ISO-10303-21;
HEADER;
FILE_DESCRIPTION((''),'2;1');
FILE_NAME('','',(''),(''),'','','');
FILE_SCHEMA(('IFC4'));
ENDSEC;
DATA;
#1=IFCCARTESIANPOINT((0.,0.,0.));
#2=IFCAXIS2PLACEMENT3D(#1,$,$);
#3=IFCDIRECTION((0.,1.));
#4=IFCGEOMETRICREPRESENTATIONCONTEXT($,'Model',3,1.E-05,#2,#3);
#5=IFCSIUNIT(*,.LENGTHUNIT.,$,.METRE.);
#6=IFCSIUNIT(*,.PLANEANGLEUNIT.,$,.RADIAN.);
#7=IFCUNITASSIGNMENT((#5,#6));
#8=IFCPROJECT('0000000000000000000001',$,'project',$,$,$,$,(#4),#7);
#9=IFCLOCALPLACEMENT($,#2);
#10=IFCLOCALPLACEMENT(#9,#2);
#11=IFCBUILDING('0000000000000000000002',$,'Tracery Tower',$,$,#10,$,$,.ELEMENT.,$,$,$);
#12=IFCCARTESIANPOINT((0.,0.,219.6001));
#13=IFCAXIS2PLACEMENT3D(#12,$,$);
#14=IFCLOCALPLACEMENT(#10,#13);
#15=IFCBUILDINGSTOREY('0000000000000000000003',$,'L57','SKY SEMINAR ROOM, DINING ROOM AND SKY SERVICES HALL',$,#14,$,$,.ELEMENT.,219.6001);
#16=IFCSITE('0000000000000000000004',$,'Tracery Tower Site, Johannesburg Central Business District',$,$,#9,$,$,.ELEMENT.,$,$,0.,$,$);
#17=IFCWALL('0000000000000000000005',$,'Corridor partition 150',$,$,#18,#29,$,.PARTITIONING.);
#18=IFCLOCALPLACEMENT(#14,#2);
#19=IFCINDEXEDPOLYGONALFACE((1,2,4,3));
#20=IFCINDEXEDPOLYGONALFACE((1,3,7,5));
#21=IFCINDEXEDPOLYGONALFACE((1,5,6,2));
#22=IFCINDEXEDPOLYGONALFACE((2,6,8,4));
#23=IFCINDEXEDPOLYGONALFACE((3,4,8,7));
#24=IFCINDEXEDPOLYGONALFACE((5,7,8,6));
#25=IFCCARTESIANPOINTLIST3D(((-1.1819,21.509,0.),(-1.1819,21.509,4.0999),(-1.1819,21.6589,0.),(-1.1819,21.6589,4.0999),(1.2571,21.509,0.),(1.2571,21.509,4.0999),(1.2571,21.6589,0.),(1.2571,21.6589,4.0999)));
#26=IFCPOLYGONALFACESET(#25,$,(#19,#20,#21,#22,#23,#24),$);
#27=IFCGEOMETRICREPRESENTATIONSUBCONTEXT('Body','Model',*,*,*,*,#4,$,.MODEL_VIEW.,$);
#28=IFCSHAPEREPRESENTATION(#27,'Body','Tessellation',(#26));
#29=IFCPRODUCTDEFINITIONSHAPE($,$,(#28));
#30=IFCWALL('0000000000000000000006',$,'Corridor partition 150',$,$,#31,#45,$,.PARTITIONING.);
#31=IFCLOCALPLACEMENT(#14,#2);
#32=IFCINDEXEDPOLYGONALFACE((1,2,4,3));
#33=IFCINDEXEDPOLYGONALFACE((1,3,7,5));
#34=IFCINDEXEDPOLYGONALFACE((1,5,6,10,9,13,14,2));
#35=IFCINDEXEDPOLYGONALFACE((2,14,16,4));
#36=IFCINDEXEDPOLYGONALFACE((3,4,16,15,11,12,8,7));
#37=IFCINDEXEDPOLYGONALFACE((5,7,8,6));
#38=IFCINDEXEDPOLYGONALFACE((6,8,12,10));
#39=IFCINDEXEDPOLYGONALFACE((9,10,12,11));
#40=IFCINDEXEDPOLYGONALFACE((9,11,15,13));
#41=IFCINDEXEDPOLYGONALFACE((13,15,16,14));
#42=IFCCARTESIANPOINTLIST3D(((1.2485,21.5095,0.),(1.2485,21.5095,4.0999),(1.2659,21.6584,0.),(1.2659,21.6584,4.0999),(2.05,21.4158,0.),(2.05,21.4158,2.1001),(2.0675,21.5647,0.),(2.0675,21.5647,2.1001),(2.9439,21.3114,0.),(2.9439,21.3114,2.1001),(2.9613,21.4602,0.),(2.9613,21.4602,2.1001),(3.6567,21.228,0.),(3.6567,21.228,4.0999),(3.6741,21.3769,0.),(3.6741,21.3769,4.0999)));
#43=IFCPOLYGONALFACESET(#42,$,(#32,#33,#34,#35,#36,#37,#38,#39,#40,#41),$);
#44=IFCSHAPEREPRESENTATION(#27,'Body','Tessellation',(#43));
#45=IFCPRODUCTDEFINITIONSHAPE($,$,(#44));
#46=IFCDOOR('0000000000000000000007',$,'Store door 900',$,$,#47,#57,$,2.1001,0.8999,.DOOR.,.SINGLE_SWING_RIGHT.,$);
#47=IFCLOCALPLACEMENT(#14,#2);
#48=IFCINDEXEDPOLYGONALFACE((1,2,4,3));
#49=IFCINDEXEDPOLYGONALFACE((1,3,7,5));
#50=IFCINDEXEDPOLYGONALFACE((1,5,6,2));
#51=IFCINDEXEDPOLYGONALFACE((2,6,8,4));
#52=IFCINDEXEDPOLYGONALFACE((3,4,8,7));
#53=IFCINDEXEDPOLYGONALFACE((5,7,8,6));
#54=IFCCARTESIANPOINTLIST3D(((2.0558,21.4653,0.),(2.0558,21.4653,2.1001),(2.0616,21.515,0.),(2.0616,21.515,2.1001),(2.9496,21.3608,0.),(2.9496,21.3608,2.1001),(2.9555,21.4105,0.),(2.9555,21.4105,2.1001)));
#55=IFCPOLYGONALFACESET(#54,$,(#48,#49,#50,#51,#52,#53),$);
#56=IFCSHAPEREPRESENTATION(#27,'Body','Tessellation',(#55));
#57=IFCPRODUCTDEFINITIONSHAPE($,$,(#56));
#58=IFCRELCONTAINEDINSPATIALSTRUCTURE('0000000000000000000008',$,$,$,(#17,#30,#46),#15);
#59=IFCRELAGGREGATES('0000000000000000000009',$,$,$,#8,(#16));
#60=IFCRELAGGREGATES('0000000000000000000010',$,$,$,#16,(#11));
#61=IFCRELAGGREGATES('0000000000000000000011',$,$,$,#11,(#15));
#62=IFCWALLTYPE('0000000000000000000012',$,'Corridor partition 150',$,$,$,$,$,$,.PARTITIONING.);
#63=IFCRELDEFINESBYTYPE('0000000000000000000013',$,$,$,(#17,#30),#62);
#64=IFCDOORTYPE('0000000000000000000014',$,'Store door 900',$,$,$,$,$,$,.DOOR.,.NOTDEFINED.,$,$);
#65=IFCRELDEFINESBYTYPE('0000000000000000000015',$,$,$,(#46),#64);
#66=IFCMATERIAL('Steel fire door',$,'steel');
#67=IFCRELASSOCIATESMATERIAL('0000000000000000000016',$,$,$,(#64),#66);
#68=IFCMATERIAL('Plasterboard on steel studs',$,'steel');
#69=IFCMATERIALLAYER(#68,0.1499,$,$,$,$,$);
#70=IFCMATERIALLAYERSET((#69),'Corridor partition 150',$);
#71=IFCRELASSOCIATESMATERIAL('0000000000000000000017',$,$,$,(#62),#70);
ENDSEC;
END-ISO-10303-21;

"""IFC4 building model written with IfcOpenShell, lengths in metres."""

from ifc_helpers import new_model, si_unit, direction, frame, frame_2d, origin, place, context, subcontext, project, spatial, rectangle, extrude, material, layer, layer_set, type_object, element, fill, save


model = new_model("IFC4")

# Units and contexts
model_context = context("Model", 3, precision=1e-05, world=origin(), true_north=direction((0.0, 1.0)))
body_context = subcontext(model_context, "Body", "Model", "MODEL_VIEW")
ifc_project = project(units=[si_unit("LENGTHUNIT", "METRE"), si_unit("PLANEANGLEUNIT", "RADIAN")], contexts=[model_context])

# Site, building, storey
site_placement = place(None, origin())
site = spatial("IfcSite", under=ifc_project, at=site_placement, Name="Tracery Tower Site, Johannesburg Central Business District", CompositionType="ELEMENT", RefElevation=0.0)
building_placement = place(site_placement, origin())
building = spatial("IfcBuilding", under=site, at=building_placement, Name="Tracery Tower", CompositionType="ELEMENT")
storey_placement = place(building_placement, frame((0.0, 0.0, 219.6001)))
storey = spatial("IfcBuildingStorey", under=building, at=storey_placement, Name="L57", Description="SKY SEMINAR ROOM, DINING ROOM AND SKY SERVICES HALL", CompositionType="ELEMENT", Elevation=219.6001)

# Shared definitions
ifc_material_1 = material(Name="Steel fire door", Category="steel")
door_type_1 = type_object("IfcDoorType", Name="Store door 900", OperationType="NOTDEFINED", PredefinedType="DOOR", material=ifc_material_1)

# Wall
ifc_material_2 = material(Name="Plasterboard on steel studs", Category="steel")
ifc_layer_1 = layer(ifc_material_2, 0.1499)
ifc_layer_set_1 = layer_set([ifc_layer_1], Name="Corridor partition 150")
wall_type_1 = type_object("IfcWallType", Name="Corridor partition 150", PredefinedType="PARTITIONING", material=ifc_layer_set_1)
wall_1_placement = place(storey_placement, frame((1.2571, 21.584, 0.0), z_axis=(0.0, 0.0, 1.0), x_axis=(-1.0, 0.0, 0.0)))
element("IfcWall", 1, at=wall_1_placement, inside=storey, type_object=wall_type_1, Name="Corridor partition 150", PredefinedType="PARTITIONING", context=body_context, shape_type="SweptSolid", body=[
    extrude(rectangle(XDim=2.439, YDim=0.1499, at=frame_2d((1.2195, 0.0))), origin(), (0.0, 0.0, 1.0), 4.0999),
])

# Wall, opening, door
wall_2_placement = place(storey_placement, frame((1.2571, 21.584, 0.0), z_axis=(0.0, 0.0, 1.0), x_axis=(0.993238, -0.116099, 0.0)))
wall_2 = element("IfcWall", 2, at=wall_2_placement, inside=storey, type_object=wall_type_1, Name="Corridor partition 150", PredefinedType="PARTITIONING", context=body_context, shape_type="SweptSolid", body=[
    extrude(rectangle(XDim=2.4246, YDim=0.1499, at=frame_2d((1.2124, 0.0))), origin(), (0.0, 0.0, 1.0), 4.0999),
])
opening_1_placement = place(wall_2_placement, frame((0.8071, 0.0, 0.0)))
opening_1 = element("IfcOpeningElement", 3, at=opening_1_placement, cuts=wall_2, PredefinedType="OPENING", context=body_context, shape_type="SweptSolid", body=[
    extrude(rectangle(XDim=0.8999, YDim=2.1001, at=frame_2d((0.45, 1.05))), frame((0.0, 0.075, 0.0), z_axis=(0.0, -1.0, 0.0), x_axis=(1.0, 0.0, 0.0)), (0.0, 0.0, 1.0), 0.1499),
])
door_1_placement = place(opening_1_placement, origin())
door_1 = element("IfcDoor", 4, at=door_1_placement, inside=storey, type_object=door_type_1, Name="Store door 900", OperationType="SINGLE_SWING_RIGHT", OverallHeight=2.1001, OverallWidth=0.8999, PredefinedType="DOOR", context=body_context, shape_type="SweptSolid", body=[
    extrude(rectangle(XDim=0.8999, YDim=2.1001, at=frame_2d((0.45, 1.05))), frame((0.0, 0.0249, 0.0), z_axis=(0.0, -1.0, 0.0), x_axis=(1.0, 0.0, 0.0)), (0.0, 0.0, 1.0), 0.05),
])
fill(opening_1, door_1)

save(model, "model.ifc")
